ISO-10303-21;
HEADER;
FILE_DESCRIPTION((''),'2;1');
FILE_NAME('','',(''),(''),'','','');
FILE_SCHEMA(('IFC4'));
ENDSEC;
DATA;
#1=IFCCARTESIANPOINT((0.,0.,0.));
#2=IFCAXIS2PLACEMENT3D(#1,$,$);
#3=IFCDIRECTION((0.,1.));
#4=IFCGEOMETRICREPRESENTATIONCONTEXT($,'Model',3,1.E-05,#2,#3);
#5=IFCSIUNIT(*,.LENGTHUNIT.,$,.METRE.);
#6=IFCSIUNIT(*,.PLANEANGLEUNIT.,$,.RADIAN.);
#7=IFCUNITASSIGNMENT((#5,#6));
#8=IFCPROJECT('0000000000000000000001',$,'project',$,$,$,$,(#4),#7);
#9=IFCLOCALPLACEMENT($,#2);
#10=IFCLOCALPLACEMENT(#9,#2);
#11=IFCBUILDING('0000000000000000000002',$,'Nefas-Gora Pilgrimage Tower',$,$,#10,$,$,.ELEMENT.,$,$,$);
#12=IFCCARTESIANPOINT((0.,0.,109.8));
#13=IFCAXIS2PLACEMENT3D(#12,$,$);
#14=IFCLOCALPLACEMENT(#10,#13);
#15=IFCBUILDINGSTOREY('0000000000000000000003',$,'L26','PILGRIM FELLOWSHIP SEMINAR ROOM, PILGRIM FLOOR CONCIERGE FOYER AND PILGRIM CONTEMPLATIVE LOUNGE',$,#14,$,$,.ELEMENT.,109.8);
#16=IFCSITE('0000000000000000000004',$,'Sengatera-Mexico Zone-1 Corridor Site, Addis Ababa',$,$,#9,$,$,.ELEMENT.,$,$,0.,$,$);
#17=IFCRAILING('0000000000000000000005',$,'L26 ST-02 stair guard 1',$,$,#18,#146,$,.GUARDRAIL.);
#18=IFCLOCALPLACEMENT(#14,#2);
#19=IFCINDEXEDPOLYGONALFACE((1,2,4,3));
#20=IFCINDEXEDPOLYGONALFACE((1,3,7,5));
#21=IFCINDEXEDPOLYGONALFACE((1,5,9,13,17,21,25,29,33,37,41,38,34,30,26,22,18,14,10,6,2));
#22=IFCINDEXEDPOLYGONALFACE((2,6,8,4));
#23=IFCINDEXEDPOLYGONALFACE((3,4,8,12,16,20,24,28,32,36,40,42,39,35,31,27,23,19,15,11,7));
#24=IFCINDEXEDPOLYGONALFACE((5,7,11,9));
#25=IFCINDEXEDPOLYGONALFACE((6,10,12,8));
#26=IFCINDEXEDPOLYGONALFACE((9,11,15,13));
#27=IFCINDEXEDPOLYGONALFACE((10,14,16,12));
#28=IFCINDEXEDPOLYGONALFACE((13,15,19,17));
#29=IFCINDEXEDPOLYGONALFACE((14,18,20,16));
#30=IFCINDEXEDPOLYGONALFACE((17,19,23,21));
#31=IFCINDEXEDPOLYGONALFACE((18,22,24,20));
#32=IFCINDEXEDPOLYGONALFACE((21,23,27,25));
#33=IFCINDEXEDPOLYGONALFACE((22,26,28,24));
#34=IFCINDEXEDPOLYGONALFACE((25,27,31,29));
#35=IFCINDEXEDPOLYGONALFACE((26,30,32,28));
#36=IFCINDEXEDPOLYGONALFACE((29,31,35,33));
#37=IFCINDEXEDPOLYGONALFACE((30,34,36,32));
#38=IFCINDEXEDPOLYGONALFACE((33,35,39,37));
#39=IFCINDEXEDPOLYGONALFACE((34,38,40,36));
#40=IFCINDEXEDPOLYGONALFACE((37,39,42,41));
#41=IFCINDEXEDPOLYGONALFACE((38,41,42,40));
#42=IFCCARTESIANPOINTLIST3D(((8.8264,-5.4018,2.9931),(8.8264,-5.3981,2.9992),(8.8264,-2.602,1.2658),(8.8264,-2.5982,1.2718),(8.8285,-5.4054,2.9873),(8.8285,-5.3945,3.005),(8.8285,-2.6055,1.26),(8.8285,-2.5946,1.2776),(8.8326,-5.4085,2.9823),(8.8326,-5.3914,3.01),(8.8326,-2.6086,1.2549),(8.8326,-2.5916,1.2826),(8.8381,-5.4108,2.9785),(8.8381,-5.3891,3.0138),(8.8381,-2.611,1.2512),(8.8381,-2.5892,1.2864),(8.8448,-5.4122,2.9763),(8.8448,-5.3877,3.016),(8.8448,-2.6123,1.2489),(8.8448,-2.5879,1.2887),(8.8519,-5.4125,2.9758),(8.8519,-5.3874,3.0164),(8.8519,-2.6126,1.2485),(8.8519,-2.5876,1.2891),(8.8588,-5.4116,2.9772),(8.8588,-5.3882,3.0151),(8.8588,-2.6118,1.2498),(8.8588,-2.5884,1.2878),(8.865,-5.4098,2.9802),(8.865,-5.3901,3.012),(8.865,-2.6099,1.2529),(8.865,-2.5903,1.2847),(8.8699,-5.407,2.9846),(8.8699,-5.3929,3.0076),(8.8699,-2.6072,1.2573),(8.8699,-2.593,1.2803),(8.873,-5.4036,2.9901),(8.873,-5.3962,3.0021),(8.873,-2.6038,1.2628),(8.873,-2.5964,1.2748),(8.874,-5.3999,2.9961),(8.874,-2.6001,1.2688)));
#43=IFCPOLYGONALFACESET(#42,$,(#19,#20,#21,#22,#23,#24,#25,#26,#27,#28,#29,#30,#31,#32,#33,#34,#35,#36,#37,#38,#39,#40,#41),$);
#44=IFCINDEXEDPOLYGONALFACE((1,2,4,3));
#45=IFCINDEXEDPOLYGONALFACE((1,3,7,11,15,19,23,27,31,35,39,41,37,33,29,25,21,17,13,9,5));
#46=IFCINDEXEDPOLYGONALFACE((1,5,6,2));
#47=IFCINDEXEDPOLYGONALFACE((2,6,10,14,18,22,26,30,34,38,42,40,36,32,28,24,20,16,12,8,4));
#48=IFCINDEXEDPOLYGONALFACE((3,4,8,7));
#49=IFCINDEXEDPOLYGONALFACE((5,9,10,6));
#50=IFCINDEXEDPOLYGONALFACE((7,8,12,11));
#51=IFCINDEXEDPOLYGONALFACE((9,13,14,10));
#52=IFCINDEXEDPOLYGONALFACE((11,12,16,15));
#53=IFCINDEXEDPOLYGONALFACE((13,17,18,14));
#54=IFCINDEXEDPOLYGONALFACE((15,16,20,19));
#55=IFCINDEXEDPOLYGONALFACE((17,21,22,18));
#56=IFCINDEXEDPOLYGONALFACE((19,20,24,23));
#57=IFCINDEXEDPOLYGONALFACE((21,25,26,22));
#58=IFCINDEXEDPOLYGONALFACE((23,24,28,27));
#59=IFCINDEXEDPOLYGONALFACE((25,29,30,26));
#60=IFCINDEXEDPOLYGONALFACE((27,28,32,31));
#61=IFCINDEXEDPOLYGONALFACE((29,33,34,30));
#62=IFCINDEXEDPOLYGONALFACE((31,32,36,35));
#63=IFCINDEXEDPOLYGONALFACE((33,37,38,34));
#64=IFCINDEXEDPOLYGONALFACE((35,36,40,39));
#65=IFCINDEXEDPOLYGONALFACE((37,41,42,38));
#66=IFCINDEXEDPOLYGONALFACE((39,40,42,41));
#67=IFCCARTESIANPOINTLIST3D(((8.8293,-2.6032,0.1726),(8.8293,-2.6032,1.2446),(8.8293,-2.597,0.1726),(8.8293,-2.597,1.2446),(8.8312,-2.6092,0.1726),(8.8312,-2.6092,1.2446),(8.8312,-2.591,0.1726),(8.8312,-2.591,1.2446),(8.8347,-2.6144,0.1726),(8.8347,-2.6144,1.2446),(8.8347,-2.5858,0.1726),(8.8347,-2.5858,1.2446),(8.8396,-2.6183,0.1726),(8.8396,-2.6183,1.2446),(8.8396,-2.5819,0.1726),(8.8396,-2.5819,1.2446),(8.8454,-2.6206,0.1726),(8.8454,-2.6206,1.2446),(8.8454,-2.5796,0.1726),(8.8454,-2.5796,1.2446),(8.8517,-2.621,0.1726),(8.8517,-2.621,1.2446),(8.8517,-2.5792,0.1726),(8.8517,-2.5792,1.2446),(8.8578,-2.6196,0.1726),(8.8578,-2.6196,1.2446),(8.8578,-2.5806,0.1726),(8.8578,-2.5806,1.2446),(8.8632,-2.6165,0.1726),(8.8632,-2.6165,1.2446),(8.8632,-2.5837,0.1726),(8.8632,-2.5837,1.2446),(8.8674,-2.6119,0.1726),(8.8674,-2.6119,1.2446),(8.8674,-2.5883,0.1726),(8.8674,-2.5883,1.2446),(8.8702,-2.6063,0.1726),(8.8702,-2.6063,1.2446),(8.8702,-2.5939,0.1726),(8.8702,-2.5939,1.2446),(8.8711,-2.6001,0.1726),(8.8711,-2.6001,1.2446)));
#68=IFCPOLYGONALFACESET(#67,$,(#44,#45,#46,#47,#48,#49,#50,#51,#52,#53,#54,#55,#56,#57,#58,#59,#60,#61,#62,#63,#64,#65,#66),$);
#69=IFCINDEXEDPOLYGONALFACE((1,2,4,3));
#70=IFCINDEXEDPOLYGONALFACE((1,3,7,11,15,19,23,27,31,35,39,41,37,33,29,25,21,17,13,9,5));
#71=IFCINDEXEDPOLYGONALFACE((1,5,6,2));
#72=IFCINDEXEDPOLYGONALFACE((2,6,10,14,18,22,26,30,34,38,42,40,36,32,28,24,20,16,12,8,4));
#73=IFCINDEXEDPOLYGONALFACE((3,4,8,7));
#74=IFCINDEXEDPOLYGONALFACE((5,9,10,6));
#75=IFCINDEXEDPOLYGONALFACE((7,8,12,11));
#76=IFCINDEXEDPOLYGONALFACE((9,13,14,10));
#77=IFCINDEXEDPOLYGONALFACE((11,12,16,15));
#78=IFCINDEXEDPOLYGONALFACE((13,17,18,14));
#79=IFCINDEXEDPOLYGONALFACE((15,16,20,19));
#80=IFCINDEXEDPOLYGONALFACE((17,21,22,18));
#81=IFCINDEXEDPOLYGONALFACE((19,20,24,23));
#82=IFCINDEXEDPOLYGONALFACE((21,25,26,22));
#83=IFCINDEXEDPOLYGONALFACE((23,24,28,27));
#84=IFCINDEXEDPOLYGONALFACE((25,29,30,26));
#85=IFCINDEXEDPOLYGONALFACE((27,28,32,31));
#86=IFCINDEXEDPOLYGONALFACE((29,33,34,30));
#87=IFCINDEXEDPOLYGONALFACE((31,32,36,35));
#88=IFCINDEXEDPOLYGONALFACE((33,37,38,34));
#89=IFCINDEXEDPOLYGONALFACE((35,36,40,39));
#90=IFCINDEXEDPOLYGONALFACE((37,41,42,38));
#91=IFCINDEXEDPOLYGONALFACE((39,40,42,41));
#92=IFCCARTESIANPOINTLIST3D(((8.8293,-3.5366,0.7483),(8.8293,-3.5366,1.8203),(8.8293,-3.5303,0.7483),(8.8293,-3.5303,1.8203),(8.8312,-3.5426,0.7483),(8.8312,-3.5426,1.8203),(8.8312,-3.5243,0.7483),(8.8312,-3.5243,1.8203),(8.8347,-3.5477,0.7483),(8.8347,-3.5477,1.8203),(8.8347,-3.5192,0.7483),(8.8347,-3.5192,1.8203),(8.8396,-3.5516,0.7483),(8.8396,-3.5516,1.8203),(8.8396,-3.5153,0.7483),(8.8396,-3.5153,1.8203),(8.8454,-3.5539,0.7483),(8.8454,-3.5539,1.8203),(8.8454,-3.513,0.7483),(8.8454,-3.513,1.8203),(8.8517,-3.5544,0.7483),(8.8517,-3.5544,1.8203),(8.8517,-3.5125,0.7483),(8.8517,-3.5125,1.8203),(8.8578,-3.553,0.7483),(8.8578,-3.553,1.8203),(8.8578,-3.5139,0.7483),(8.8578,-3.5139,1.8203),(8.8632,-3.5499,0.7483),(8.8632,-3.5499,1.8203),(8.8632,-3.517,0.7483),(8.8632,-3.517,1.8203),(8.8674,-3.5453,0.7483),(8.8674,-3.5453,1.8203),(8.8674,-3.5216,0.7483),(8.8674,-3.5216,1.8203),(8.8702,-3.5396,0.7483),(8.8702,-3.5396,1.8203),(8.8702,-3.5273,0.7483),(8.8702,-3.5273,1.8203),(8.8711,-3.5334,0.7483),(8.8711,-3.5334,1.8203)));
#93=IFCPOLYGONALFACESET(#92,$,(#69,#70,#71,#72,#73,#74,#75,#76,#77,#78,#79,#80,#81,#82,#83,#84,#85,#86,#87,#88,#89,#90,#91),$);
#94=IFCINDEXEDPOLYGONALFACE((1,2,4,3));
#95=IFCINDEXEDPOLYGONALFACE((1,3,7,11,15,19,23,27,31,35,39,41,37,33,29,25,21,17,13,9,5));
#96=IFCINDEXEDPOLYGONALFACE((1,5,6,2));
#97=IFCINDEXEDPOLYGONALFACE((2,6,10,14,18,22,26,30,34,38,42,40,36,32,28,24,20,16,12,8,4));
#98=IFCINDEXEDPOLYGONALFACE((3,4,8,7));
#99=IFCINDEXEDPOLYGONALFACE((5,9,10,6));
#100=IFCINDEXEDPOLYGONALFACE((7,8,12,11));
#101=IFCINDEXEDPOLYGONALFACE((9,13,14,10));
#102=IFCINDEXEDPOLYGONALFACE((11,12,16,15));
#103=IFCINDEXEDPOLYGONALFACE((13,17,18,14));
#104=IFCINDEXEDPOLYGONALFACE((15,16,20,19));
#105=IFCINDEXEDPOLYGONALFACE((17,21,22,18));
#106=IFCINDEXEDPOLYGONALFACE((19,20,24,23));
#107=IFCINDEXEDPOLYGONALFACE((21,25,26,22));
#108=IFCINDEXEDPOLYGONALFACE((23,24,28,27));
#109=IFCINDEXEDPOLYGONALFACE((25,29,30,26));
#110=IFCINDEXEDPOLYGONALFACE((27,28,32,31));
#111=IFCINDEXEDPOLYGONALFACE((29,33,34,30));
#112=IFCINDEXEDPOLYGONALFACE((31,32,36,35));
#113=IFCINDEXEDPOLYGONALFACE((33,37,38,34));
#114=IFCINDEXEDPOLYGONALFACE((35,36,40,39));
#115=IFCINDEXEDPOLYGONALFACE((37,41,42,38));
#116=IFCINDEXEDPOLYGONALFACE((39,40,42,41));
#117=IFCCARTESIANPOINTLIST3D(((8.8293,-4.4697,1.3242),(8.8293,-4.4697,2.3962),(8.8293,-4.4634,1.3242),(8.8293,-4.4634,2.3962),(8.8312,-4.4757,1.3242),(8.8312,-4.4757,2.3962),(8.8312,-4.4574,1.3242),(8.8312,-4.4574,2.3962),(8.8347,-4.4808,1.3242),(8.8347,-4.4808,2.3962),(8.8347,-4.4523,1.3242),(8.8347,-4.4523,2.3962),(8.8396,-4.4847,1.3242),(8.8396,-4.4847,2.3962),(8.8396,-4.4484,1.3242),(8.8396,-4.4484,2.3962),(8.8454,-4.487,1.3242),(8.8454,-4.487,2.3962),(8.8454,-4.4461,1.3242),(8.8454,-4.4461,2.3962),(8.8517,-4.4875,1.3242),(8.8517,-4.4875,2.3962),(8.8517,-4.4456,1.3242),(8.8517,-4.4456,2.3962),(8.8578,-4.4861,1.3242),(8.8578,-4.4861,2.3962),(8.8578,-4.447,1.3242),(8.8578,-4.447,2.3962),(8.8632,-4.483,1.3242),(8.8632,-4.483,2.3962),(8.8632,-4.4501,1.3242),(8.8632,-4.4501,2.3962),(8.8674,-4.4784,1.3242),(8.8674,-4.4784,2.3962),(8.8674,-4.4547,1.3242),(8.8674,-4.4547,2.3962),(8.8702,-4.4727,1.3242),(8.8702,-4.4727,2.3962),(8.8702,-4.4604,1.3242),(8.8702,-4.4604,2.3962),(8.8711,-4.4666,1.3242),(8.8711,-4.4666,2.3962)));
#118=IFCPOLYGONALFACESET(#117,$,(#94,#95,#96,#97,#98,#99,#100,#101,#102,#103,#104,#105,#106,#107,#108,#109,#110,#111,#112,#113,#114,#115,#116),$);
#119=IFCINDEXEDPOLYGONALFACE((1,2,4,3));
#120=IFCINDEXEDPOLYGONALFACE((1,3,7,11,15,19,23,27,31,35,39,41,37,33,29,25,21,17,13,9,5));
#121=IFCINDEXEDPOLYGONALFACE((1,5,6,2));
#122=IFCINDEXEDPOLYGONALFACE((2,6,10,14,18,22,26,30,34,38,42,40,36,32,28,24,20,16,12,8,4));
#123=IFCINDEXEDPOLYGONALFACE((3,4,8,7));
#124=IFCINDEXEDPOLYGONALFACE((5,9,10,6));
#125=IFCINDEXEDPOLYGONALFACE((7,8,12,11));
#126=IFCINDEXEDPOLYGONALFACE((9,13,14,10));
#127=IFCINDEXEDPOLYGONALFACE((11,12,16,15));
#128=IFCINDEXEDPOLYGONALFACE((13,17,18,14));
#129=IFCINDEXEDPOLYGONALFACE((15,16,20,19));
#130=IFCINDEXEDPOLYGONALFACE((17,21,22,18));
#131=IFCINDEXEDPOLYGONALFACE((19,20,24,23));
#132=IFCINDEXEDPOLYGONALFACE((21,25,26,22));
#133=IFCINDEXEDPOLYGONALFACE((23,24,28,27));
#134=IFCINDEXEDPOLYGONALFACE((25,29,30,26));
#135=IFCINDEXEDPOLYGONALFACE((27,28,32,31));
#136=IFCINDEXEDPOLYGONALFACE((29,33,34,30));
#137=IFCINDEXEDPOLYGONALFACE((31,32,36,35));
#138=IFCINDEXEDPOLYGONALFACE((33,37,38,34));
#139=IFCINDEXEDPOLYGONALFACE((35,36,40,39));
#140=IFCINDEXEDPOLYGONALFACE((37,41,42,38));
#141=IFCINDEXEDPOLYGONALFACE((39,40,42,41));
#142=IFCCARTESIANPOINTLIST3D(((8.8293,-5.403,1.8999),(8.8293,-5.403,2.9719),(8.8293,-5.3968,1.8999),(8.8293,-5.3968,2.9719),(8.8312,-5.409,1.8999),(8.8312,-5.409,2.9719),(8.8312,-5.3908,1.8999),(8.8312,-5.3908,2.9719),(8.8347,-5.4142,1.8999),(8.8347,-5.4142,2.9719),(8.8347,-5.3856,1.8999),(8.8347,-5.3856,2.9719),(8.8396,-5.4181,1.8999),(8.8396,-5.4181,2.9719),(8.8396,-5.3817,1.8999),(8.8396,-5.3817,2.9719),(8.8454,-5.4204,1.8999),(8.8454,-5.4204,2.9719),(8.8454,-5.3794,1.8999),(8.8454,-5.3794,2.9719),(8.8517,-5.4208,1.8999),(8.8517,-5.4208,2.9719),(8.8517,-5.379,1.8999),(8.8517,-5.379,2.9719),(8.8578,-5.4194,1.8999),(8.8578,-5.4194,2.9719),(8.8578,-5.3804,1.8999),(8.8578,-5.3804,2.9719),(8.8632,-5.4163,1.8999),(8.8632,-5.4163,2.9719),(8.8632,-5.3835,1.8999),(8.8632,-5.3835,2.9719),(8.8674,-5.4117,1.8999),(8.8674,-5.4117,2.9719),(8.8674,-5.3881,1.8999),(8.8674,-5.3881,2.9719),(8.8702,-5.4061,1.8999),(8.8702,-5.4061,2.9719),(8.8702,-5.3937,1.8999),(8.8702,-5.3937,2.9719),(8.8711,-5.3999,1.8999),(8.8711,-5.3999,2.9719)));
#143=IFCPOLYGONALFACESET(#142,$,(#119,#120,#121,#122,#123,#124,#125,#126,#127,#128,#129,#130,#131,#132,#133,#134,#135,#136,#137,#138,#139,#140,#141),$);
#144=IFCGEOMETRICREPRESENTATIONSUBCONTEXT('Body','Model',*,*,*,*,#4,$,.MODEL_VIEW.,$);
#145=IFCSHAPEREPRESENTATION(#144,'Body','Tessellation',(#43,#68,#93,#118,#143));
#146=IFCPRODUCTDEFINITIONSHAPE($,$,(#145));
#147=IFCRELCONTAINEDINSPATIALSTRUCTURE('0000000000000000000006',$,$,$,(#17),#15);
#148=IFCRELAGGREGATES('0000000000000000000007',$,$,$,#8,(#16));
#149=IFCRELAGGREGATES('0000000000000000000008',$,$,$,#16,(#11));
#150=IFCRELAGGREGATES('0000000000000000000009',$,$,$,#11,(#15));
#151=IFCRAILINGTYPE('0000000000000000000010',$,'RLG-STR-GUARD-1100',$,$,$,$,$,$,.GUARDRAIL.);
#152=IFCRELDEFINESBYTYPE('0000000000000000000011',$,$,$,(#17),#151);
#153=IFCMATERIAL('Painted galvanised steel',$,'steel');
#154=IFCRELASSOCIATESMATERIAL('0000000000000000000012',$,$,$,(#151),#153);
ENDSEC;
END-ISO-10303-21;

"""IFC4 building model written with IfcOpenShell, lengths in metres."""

from ifc_helpers import new_model, si_unit, direction, frame, origin, origin_2d, place, context, subcontext, project, spatial, circle, extrude, material, type_object, element, save


model = new_model("IFC4")

# Units and contexts
model_context = context("Model", 3, precision=1e-05, world=origin(), true_north=direction((0.0, 1.0)))
body_context = subcontext(model_context, "Body", "Model", "MODEL_VIEW")
ifc_project = project(units=[si_unit("LENGTHUNIT", "METRE"), si_unit("PLANEANGLEUNIT", "RADIAN")], contexts=[model_context])

# Site, building, storey
site_placement = place(None, origin())
site = spatial("IfcSite", under=ifc_project, at=site_placement, Name="Sengatera-Mexico Zone-1 Corridor Site, Addis Ababa", CompositionType="ELEMENT", RefElevation=0.0)
building_placement = place(site_placement, origin())
building = spatial("IfcBuilding", under=site, at=building_placement, Name="Nefas-Gora Pilgrimage Tower", CompositionType="ELEMENT")
storey_placement = place(building_placement, frame((0.0, 0.0, 109.8)))
storey = spatial("IfcBuildingStorey", under=building, at=storey_placement, Name="L26", Description="PILGRIM FELLOWSHIP SEMINAR ROOM, PILGRIM FLOOR CONCIERGE FOYER AND PILGRIM CONTEMPLATIVE LOUNGE", CompositionType="ELEMENT", Elevation=109.8)

# Railing
ifc_material_1 = material(Name="Painted galvanised steel", Category="steel")
railing_type_1 = type_object("IfcRailingType", Name="RLG-STR-GUARD-1100", PredefinedType="GUARDRAIL", material=ifc_material_1)
railing_1_placement = place(storey_placement, frame((8.8501, -2.6001, 0.1726)))
element("IfcRailing", 1, at=railing_1_placement, inside=storey, type_object=railing_type_1, Name="L26 ST-02 stair guard 1", PredefinedType="GUARDRAIL", context=body_context, shape_type="SweptSolid", body=[
    extrude(circle(Radius=0.0239, at=origin_2d()), frame((0.0, 0.0, 1.0962), z_axis=(0.0, -0.851069, 0.525054), x_axis=(1.0, 0.0, 0.0)), (0.0, 0.0, 1.0), 3.2898),
    extrude(circle(Radius=0.021, at=origin_2d()), origin(), (0.0, 0.0, 1.0), 1.072),
    extrude(circle(Radius=0.021, at=origin_2d()), frame((0.0, -0.9333, 0.5757)), (0.0, 0.0, 1.0), 1.072),
    extrude(circle(Radius=0.021, at=origin_2d()), frame((0.0, -1.8665, 1.1516)), (0.0, 0.0, 1.0), 1.072),
    extrude(circle(Radius=0.021, at=origin_2d()), frame((0.0, -2.7998, 1.7273)), (0.0, 0.0, 1.0), 1.072),
])

save(model, "model.ifc")
